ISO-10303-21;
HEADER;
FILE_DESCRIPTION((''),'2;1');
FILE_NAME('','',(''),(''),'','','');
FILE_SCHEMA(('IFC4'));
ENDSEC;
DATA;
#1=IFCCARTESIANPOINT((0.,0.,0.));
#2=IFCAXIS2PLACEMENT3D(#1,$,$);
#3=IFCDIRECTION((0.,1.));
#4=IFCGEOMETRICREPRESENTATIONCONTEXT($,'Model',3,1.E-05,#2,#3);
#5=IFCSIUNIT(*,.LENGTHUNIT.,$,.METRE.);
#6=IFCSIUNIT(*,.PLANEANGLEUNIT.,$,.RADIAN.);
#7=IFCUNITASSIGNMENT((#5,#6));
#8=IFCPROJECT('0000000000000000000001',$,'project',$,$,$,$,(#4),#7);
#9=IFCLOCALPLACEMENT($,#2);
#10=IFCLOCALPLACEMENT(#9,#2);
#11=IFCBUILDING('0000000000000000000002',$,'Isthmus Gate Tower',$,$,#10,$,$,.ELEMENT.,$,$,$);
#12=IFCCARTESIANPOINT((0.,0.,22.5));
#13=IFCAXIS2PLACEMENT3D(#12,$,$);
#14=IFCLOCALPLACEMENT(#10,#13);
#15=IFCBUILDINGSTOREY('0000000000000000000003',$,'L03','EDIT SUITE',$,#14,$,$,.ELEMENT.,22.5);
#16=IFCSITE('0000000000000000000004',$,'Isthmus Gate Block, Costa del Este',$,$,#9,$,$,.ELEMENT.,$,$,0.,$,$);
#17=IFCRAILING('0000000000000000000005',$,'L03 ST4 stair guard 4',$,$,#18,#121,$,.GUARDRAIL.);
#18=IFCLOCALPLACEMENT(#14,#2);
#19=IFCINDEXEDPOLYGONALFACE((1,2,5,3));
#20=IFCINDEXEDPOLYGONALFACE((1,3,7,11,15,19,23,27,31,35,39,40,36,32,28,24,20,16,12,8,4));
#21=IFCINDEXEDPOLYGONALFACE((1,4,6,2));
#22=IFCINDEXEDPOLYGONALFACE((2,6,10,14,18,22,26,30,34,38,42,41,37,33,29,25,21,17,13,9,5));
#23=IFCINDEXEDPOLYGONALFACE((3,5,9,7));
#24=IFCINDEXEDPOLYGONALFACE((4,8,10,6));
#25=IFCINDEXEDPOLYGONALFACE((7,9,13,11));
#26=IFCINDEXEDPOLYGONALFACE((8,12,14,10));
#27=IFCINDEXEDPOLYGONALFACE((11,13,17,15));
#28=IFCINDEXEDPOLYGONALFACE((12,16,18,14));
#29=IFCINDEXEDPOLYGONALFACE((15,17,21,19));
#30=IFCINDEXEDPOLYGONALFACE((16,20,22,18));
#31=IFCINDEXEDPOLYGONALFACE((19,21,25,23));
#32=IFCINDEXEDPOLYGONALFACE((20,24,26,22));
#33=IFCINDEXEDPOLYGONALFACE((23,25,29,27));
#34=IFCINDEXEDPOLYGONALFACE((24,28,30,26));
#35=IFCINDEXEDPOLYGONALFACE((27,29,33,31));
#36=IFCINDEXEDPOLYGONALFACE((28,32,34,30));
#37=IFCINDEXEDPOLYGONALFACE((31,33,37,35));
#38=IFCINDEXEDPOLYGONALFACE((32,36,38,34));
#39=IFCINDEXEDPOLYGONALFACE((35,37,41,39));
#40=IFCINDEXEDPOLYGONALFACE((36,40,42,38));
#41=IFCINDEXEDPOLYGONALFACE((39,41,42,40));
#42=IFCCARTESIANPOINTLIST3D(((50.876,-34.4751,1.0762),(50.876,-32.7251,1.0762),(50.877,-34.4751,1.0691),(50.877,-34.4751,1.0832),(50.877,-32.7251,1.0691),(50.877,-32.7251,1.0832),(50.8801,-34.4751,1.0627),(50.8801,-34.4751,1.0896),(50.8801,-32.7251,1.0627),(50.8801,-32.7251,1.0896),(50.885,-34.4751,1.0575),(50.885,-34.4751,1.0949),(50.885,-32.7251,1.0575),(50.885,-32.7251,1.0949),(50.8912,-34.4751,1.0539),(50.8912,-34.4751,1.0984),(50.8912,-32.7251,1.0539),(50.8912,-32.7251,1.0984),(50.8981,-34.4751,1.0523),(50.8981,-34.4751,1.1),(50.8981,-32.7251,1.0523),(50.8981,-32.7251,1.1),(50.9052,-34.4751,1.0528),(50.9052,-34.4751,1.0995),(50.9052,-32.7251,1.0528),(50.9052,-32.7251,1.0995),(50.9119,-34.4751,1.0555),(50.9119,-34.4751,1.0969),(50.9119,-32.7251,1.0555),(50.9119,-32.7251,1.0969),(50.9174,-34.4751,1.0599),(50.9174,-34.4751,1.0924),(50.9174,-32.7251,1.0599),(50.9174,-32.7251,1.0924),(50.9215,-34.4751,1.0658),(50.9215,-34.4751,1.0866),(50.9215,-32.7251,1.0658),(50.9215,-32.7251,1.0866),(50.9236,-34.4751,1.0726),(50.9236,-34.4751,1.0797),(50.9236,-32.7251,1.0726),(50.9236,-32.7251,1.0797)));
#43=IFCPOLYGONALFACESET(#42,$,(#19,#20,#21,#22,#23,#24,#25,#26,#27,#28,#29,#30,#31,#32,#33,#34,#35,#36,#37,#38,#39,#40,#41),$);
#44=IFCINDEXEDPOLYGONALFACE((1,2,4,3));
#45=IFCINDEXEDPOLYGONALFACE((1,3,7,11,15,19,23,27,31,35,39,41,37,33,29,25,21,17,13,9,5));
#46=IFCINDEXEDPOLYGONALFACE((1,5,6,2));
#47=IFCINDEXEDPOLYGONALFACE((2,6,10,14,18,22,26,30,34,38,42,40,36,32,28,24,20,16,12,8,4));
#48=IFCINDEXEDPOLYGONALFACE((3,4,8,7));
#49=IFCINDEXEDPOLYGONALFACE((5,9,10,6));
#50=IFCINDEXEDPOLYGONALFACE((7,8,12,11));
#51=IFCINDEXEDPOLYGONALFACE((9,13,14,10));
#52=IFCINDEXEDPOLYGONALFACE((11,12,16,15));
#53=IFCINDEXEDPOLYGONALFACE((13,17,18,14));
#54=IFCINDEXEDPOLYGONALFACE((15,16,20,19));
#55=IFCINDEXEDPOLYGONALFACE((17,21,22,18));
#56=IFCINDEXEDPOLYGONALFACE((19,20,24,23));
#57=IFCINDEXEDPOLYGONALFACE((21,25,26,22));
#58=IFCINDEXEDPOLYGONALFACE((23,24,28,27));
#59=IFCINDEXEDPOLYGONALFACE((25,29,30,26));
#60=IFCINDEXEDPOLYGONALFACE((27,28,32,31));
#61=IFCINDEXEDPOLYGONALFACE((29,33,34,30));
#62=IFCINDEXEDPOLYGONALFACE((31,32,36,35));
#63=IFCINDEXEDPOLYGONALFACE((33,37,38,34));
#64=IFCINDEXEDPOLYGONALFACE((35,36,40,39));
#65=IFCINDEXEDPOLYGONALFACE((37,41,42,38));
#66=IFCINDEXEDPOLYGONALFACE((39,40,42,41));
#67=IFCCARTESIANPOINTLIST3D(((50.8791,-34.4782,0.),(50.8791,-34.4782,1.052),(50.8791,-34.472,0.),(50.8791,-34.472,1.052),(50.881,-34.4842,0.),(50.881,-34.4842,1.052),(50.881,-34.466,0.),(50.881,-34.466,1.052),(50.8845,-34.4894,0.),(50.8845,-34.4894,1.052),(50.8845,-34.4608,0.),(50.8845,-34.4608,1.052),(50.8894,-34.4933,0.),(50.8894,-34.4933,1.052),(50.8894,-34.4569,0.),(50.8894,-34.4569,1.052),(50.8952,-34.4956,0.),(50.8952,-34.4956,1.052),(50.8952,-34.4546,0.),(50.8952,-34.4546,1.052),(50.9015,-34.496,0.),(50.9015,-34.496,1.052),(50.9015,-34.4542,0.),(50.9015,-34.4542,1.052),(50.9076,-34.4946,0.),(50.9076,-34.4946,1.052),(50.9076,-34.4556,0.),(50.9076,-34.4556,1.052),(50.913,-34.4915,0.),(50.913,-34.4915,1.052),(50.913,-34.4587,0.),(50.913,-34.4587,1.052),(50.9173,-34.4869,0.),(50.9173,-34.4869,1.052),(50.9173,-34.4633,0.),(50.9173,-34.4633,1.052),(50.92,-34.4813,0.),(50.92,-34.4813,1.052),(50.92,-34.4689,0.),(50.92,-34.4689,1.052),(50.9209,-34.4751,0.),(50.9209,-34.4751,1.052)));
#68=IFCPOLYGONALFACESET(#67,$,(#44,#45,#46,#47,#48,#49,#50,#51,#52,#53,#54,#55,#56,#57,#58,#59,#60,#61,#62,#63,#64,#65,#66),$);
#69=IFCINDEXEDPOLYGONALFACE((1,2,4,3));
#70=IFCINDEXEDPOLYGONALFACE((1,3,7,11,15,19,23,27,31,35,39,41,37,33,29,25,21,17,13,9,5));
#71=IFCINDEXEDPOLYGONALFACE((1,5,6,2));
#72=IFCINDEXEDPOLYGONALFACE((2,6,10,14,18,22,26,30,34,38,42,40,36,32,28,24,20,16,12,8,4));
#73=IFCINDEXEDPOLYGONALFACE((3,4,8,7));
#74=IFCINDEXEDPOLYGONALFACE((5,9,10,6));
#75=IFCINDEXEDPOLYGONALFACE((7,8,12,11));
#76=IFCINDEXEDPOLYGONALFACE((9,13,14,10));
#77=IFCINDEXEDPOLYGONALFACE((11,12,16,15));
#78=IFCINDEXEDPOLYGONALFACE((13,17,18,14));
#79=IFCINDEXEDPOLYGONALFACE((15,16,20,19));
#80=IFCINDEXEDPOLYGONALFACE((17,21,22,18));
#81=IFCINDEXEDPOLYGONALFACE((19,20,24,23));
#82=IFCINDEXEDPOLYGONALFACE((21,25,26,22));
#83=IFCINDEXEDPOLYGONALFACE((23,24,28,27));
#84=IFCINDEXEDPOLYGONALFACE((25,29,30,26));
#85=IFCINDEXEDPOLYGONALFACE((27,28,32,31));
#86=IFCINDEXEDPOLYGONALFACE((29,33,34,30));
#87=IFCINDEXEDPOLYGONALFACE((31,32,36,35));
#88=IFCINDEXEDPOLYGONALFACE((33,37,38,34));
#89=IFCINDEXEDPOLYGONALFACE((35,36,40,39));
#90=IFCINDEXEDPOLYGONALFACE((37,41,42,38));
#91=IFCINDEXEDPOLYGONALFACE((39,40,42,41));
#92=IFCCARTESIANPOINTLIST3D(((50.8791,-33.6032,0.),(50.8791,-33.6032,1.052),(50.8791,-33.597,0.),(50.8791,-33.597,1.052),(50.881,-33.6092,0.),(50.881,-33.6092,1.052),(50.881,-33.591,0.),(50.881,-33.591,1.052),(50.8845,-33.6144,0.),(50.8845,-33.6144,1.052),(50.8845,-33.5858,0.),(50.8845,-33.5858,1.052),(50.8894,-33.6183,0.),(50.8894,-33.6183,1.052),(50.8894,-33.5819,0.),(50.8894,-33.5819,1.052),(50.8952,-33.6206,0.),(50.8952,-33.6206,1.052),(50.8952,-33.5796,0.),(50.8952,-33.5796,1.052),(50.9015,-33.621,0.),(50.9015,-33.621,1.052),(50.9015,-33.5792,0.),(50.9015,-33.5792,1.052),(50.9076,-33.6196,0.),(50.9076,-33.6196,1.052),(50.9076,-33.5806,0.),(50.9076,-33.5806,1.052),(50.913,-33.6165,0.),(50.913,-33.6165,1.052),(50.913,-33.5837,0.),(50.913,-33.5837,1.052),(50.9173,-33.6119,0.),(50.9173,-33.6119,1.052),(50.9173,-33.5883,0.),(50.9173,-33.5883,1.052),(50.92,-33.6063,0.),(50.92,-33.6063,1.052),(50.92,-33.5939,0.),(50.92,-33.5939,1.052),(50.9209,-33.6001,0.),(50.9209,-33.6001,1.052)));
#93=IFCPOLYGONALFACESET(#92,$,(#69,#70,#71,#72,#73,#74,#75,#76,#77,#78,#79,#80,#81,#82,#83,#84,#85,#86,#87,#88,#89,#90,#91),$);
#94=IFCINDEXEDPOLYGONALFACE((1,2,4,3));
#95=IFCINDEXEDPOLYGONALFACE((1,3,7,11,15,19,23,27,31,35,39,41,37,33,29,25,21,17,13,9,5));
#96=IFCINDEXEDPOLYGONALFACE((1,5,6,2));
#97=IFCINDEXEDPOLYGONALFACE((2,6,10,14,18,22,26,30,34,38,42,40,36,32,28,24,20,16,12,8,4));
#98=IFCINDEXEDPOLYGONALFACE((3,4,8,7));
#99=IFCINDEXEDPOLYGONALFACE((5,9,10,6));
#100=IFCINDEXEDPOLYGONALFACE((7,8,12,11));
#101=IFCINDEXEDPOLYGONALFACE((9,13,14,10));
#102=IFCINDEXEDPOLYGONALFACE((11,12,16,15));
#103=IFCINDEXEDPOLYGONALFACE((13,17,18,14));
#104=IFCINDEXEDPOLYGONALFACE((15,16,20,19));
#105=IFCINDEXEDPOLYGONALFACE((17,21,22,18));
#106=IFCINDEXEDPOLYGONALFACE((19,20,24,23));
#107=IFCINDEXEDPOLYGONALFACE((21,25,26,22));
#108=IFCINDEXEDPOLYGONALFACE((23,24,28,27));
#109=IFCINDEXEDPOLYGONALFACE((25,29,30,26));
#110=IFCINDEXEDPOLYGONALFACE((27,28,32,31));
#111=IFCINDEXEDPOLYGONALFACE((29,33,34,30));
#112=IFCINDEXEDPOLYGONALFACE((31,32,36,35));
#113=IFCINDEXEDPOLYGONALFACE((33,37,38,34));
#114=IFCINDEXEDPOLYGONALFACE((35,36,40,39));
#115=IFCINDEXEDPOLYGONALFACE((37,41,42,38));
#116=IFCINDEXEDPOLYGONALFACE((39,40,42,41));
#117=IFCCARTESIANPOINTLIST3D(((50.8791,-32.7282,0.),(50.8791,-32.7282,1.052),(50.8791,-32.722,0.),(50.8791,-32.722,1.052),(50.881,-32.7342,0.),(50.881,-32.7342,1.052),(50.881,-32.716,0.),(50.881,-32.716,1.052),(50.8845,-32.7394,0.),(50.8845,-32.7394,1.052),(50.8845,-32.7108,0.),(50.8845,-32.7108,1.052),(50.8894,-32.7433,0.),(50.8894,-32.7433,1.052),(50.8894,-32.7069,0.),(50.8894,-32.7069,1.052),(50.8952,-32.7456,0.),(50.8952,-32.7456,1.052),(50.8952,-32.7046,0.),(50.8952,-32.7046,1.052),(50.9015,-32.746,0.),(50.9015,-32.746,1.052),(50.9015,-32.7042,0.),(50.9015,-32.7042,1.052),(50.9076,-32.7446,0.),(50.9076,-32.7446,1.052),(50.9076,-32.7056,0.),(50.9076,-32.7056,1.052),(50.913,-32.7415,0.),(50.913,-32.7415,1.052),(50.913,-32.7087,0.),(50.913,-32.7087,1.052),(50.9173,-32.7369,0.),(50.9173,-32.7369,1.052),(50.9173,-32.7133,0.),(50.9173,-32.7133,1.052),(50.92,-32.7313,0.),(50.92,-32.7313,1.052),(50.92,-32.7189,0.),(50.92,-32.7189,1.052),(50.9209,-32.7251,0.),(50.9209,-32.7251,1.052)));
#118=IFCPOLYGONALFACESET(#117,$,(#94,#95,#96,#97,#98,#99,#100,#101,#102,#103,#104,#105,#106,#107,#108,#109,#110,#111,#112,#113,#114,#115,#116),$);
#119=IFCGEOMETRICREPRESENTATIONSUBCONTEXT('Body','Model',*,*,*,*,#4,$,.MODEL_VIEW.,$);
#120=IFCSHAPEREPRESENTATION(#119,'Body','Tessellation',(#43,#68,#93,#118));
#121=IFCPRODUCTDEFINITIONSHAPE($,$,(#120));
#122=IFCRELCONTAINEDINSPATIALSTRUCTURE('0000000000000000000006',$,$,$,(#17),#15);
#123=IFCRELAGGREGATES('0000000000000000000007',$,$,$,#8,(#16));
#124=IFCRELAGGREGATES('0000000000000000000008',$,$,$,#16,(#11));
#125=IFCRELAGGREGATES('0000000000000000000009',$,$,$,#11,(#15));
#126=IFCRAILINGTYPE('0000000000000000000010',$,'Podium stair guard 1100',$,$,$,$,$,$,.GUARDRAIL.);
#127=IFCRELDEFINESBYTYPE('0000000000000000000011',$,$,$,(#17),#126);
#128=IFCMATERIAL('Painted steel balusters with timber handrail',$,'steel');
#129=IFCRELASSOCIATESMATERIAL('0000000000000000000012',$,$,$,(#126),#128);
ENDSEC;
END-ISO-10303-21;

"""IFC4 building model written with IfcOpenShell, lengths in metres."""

from ifc_helpers import new_model, si_unit, direction, frame, origin, origin_2d, place, context, subcontext, project, spatial, circle, extrude, material, type_object, element, save


model = new_model("IFC4")

# Units and contexts
model_context = context("Model", 3, precision=1e-05, world=origin(), true_north=direction((0.0, 1.0)))
body_context = subcontext(model_context, "Body", "Model", "MODEL_VIEW")
ifc_project = project(units=[si_unit("LENGTHUNIT", "METRE"), si_unit("PLANEANGLEUNIT", "RADIAN")], contexts=[model_context])

# Site, building, storey
site_placement = place(None, origin())
site = spatial("IfcSite", under=ifc_project, at=site_placement, Name="Isthmus Gate Block, Costa del Este", CompositionType="ELEMENT", RefElevation=0.0)
building_placement = place(site_placement, origin())
building = spatial("IfcBuilding", under=site, at=building_placement, Name="Isthmus Gate Tower", CompositionType="ELEMENT")
storey_placement = place(building_placement, frame((0.0, 0.0, 22.5)))
storey = spatial("IfcBuildingStorey", under=building, at=storey_placement, Name="L03", Description="EDIT SUITE", CompositionType="ELEMENT", Elevation=22.5)

# Railing
ifc_material_1 = material(Name="Painted steel balusters with timber handrail", Category="steel")
railing_type_1 = type_object("IfcRailingType", Name="Podium stair guard 1100", PredefinedType="GUARDRAIL", material=ifc_material_1)
railing_1_placement = place(storey_placement, frame((50.8999, -34.4751, 0.0)))
element("IfcRailing", 1, at=railing_1_placement, inside=storey, type_object=railing_type_1, Name="L03 ST4 stair guard 4", PredefinedType="GUARDRAIL", context=body_context, shape_type="SweptSolid", body=[
    extrude(circle(Radius=0.0239, at=origin_2d()), frame((0.0, 0.0, 1.0762), z_axis=(0.0, 1.0, 0.0), x_axis=(-1.0, 0.0, 0.0)), (0.0, 0.0, 1.0), 1.75),
    extrude(circle(Radius=0.021, at=origin_2d()), origin(), (0.0, 0.0, 1.0), 1.052),
    extrude(circle(Radius=0.021, at=origin_2d()), frame((0.0, 0.875, 0.0)), (0.0, 0.0, 1.0), 1.052),
    extrude(circle(Radius=0.021, at=origin_2d()), frame((0.0, 1.75, 0.0)), (0.0, 0.0, 1.0), 1.052),
])

save(model, "model.ifc")
